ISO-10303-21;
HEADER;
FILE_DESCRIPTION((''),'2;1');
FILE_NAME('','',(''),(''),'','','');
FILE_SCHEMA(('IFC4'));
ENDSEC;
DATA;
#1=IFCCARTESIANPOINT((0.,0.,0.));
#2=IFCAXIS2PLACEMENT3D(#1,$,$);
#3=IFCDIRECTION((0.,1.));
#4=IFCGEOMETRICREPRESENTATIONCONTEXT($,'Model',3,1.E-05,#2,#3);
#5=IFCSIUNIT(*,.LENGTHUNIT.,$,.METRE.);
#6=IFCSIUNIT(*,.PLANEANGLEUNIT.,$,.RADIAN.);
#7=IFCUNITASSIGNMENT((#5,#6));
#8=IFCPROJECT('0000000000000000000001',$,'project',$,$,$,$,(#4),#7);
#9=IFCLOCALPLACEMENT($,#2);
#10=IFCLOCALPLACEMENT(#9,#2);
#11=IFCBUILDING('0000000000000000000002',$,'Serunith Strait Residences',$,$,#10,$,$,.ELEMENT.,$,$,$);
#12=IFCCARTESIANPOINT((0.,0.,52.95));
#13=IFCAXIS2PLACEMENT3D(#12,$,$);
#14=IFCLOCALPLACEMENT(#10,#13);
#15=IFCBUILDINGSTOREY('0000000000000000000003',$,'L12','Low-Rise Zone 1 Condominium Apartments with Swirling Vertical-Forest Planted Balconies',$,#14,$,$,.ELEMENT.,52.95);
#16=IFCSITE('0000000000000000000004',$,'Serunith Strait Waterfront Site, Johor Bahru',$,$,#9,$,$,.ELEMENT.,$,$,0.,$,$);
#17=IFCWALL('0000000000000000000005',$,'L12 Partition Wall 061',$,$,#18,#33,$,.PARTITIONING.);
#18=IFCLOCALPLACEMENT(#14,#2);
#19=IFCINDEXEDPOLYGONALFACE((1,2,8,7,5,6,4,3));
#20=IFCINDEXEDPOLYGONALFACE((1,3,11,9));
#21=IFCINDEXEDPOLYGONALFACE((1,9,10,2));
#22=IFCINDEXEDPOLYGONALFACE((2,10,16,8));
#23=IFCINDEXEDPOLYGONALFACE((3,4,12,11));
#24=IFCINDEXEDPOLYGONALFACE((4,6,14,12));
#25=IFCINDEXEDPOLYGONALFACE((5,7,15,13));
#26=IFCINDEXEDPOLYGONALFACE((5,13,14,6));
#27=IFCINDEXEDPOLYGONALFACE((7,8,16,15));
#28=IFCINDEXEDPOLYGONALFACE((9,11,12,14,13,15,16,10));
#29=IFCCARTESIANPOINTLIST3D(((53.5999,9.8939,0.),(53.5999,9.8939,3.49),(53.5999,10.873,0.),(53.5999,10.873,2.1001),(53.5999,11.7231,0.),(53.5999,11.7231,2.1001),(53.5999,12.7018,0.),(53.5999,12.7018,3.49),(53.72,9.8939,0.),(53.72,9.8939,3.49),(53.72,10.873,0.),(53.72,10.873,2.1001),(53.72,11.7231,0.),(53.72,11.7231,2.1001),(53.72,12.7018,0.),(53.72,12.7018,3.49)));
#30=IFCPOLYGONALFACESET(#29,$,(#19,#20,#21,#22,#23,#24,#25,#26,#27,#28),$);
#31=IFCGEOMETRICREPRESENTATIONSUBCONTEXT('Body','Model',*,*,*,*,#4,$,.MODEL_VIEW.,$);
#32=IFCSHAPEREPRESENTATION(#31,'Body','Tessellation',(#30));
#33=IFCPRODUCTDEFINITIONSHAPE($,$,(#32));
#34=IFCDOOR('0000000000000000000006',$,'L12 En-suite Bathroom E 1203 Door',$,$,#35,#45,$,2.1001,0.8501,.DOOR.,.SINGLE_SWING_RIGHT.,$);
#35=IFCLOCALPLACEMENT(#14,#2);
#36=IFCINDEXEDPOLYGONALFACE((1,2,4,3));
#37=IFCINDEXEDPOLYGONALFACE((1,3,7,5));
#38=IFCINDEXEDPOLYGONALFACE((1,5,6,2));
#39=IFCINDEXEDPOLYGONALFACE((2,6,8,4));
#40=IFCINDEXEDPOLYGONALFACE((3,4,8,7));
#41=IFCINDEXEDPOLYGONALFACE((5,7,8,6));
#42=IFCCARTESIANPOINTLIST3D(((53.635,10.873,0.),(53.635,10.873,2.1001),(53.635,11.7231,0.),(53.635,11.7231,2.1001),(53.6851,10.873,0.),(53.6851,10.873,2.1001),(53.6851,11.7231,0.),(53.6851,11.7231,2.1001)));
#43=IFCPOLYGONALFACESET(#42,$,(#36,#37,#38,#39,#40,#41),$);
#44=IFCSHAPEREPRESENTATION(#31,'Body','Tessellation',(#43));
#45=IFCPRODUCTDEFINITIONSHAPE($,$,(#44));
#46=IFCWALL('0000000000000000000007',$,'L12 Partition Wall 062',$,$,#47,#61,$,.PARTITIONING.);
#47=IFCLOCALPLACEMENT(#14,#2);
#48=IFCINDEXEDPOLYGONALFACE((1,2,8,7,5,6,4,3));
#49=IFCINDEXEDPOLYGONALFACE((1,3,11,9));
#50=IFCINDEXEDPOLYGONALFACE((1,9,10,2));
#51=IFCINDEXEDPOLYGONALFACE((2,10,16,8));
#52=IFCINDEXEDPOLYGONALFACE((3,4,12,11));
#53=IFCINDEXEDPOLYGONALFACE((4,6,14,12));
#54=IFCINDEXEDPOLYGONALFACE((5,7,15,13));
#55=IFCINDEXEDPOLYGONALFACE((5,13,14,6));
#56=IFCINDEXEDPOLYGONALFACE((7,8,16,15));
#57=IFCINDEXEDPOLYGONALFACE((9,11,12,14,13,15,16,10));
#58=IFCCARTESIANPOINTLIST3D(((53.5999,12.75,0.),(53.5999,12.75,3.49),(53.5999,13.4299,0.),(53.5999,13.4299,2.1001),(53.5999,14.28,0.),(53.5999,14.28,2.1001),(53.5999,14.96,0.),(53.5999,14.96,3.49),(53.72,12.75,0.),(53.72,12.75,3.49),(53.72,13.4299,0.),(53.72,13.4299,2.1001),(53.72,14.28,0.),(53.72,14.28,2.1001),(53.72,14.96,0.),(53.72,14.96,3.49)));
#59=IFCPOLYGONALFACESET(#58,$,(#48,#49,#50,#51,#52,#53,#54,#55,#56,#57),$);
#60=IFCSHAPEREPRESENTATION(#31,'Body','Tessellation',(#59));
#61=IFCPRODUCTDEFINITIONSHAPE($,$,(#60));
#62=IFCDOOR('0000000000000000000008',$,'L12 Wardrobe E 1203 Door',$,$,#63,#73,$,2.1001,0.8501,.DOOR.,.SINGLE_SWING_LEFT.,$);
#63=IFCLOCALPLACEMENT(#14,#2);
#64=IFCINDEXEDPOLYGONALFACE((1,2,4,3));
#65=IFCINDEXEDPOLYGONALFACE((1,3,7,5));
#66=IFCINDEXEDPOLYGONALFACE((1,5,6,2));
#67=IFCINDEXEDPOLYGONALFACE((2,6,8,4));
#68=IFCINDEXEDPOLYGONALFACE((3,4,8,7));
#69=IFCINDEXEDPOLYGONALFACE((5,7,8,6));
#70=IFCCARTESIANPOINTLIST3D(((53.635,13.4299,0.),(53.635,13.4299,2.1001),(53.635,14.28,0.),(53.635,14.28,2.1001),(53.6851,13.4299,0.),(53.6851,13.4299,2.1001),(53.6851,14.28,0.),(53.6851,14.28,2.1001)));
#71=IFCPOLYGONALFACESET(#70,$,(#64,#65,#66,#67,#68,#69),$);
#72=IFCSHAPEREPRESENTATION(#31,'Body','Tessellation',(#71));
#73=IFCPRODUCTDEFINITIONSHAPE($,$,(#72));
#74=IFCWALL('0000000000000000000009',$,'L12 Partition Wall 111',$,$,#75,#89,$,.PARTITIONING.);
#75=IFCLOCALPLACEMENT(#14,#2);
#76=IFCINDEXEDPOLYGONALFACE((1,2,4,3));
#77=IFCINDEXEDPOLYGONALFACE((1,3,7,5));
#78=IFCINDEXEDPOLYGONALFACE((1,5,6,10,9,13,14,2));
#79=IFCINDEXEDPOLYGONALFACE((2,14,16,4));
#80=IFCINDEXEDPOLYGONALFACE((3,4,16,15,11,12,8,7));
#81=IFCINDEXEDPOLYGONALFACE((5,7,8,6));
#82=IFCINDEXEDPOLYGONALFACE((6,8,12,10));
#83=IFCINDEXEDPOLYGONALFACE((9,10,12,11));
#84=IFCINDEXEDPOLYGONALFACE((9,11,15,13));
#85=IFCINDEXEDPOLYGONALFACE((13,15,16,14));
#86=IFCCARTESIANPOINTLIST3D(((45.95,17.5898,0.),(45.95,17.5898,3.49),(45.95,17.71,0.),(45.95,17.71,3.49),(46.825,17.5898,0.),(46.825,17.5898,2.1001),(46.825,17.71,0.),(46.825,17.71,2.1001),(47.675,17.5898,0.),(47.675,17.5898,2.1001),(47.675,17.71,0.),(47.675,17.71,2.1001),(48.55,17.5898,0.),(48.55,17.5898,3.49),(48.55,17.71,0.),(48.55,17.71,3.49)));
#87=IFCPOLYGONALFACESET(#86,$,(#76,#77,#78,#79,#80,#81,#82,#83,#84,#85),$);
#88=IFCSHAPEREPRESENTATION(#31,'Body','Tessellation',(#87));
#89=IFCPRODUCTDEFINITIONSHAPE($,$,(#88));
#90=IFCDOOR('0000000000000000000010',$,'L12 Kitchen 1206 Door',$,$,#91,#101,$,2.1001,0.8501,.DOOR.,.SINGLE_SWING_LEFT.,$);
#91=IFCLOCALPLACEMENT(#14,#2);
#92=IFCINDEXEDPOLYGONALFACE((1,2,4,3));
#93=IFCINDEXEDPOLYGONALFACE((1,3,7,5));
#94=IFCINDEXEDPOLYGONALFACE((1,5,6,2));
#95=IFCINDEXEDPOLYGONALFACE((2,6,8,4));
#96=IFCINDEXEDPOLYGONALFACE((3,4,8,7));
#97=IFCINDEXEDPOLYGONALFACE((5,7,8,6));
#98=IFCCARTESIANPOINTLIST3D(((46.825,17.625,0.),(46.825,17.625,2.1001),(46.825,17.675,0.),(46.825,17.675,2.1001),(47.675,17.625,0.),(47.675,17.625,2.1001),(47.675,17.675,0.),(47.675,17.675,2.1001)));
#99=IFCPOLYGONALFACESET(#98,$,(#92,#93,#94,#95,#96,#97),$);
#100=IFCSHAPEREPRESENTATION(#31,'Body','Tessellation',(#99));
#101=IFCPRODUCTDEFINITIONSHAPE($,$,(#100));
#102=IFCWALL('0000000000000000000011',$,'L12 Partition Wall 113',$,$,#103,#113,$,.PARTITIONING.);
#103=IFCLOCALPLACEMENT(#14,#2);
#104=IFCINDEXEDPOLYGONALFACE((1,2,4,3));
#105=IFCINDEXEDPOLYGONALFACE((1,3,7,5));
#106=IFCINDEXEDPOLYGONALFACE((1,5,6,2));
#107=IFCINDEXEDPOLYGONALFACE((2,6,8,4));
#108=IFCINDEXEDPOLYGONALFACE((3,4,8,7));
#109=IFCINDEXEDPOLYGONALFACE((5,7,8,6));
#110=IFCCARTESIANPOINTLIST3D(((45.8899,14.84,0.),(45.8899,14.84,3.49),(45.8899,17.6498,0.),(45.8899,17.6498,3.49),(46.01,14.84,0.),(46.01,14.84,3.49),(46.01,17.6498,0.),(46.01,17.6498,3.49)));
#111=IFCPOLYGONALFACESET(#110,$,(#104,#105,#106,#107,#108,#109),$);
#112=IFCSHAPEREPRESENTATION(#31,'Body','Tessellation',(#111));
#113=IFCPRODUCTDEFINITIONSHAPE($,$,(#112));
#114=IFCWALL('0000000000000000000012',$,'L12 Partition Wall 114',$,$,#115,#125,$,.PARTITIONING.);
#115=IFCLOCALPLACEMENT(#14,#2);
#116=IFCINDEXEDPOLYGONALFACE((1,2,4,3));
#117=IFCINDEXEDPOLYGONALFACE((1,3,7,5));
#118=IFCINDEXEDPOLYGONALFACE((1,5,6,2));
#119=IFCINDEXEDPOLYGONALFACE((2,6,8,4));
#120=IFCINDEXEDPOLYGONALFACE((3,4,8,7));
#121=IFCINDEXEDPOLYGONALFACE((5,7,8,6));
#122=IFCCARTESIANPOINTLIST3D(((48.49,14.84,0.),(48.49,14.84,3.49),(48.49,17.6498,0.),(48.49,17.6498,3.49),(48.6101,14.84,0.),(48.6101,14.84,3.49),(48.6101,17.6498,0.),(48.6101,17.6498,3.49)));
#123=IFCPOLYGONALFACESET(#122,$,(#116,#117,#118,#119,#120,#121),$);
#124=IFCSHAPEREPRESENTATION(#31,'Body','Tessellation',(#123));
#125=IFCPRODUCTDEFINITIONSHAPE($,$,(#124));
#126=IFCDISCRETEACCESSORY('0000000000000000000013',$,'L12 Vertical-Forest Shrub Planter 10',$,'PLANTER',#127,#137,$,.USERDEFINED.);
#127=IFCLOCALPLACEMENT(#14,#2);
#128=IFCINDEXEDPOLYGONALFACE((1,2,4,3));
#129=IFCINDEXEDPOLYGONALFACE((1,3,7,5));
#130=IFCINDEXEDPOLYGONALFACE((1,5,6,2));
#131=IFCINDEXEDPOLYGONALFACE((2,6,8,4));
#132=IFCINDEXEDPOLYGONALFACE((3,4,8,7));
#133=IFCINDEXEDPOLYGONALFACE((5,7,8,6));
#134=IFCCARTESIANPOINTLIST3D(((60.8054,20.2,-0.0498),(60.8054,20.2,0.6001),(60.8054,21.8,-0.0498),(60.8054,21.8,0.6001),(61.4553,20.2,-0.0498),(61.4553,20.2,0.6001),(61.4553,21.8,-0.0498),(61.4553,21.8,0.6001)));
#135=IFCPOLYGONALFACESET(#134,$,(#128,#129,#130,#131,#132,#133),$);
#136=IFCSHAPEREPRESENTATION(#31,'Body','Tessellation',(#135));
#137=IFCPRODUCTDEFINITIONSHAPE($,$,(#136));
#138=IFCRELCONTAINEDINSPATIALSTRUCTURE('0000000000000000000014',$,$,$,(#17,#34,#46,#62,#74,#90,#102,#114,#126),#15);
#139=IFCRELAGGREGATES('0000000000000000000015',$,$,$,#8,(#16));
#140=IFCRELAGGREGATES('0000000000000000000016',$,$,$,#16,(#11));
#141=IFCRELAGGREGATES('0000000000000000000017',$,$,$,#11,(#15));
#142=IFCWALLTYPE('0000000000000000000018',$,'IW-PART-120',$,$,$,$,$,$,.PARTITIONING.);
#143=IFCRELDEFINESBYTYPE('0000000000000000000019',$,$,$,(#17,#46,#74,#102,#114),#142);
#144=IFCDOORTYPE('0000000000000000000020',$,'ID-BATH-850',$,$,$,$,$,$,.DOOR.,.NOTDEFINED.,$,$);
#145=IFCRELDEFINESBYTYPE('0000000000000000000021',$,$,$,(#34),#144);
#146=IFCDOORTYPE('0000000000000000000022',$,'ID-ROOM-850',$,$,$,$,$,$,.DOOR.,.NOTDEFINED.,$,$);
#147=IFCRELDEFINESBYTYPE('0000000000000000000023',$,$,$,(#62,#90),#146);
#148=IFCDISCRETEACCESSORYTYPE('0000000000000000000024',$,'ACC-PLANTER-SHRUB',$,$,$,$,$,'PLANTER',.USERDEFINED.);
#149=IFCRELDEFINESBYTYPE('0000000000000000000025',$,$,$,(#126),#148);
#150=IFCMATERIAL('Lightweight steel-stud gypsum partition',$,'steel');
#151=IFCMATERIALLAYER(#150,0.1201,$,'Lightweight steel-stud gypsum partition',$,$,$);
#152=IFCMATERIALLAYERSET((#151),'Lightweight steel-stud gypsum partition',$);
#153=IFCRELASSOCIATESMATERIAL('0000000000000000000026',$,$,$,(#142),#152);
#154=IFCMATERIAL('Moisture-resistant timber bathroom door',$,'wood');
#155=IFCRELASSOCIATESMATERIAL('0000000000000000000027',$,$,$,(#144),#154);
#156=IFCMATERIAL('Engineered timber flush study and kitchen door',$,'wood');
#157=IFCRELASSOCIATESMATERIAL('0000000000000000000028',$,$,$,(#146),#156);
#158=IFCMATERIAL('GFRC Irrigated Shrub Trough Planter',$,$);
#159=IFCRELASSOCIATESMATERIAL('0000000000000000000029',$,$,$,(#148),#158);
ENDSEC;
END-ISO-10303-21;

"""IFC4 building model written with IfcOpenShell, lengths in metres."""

from ifc_helpers import new_model, si_unit, direction, frame, frame_2d, origin, origin_2d, place, context, subcontext, project, spatial, rectangle, extrude, source, transform, mapped, material, layer, layer_set, type_object, element, fill, save


model = new_model("IFC4")

# Units and contexts
model_context = context("Model", 3, precision=1e-05, world=origin(), true_north=direction((0.0, 1.0)))
body_context = subcontext(model_context, "Body", "Model", "MODEL_VIEW")
ifc_project = project(units=[si_unit("LENGTHUNIT", "METRE"), si_unit("PLANEANGLEUNIT", "RADIAN")], contexts=[model_context])

# Site, building, storey
site_placement = place(None, origin())
site = spatial("IfcSite", under=ifc_project, at=site_placement, Name="Serunith Strait Waterfront Site, Johor Bahru", CompositionType="ELEMENT", RefElevation=0.0)
building_placement = place(site_placement, origin())
building = spatial("IfcBuilding", under=site, at=building_placement, Name="Serunith Strait Residences", CompositionType="ELEMENT")
storey_placement = place(building_placement, frame((0.0, 0.0, 52.95)))
storey = spatial("IfcBuildingStorey", under=building, at=storey_placement, Name="L12", Description="Low-Rise Zone 1 Condominium Apartments with Swirling Vertical-Forest Planted Balconies", CompositionType="ELEMENT", Elevation=52.95)

# Shared definitions
ifc_material_1 = material(Name="Lightweight steel-stud gypsum partition", Category="steel")
ifc_layer_1 = layer(ifc_material_1, 0.1201, Name="Lightweight steel-stud gypsum partition")
ifc_layer_set_1 = layer_set([ifc_layer_1], Name="Lightweight steel-stud gypsum partition")
wall_type = type_object("IfcWallType", Name="IW-PART-120", PredefinedType="PARTITIONING", material=ifc_layer_set_1)
ifc_material_2 = material(Name="Moisture-resistant timber bathroom door", Category="wood")
door_type_1 = type_object("IfcDoorType", Name="ID-BATH-850", OperationType="NOTDEFINED", PredefinedType="DOOR", material=ifc_material_2)
shared_shape_1 = source(origin(), body_context, "Body", "SweptSolid", [
    extrude(rectangle(XDim=0.8501, YDim=2.1001, at=frame_2d((0.425, 1.05))), frame((0.0, 0.0249, 0.0), z_axis=(0.0, -1.0, 0.0), x_axis=(1.0, 0.0, 0.0)), (0.0, 0.0, 1.0), 0.05),
])
ifc_material_3 = material(Name="Engineered timber flush study and kitchen door", Category="wood")
door_type_2 = type_object("IfcDoorType", Name="ID-ROOM-850", OperationType="NOTDEFINED", PredefinedType="DOOR", material=ifc_material_3)

# Walls, openings, doors
wall_1_placement = place(storey_placement, frame((53.6599, 9.894, 0.0), z_axis=(0.0, 0.0, 1.0), x_axis=(0.0, 1.0, 0.0)))
wall_1 = element("IfcWall", 1, at=wall_1_placement, inside=storey, type_object=wall_type, Name="L12 Partition Wall 061", PredefinedType="PARTITIONING", context=body_context, shape_type="SweptSolid", body=[
    extrude(rectangle(XDim=2.8079, YDim=0.1201, at=frame_2d((1.4038, 0.0))), origin(), (0.0, 0.0, 1.0), 3.49),
])
opening_1_placement = place(wall_1_placement, frame((0.979, 0.0, 0.0)))
opening_1 = element("IfcOpeningElement", 2, at=opening_1_placement, cuts=wall_1, PredefinedType="OPENING", context=body_context, shape_type="SweptSolid", body=[
    extrude(rectangle(XDim=0.8501, YDim=2.1001, at=frame_2d((0.425, 1.05))), frame((0.0, 0.0701, 0.0), z_axis=(0.0, -1.0, 0.0), x_axis=(1.0, 0.0, 0.0)), (0.0, 0.0, 1.0), 0.1401),
])
door_1_placement = place(opening_1_placement, origin())
door_1 = element("IfcDoor", 3, at=door_1_placement, inside=storey, type_object=door_type_1, Name="L12 En-suite Bathroom E 1203 Door", OperationType="SINGLE_SWING_RIGHT", OverallHeight=2.1001, OverallWidth=0.8501, PredefinedType="DOOR", context=body_context, shape_type="MappedRepresentation", body=[
    mapped(shared_shape_1, transform((0.0, 0.0, 0.0), scale=1.0)),
])
fill(opening_1, door_1)
wall_2_placement = place(storey_placement, frame((53.6599, 12.75, 0.0), z_axis=(0.0, 0.0, 1.0), x_axis=(0.0, 1.0, 0.0)))
wall_2 = element("IfcWall", 4, at=wall_2_placement, inside=storey, type_object=wall_type, Name="L12 Partition Wall 062", PredefinedType="PARTITIONING", context=body_context, shape_type="SweptSolid", body=[
    extrude(rectangle(XDim=2.21, YDim=0.1201, at=frame_2d((1.105, 0.0))), origin(), (0.0, 0.0, 1.0), 3.49),
])
opening_2_placement = place(wall_2_placement, frame((0.6799, 0.0, 0.0)))
opening_2 = element("IfcOpeningElement", 5, at=opening_2_placement, cuts=wall_2, PredefinedType="OPENING", context=body_context, shape_type="SweptSolid", body=[
    extrude(rectangle(XDim=0.8501, YDim=2.1001, at=frame_2d((0.425, 1.05))), frame((0.0, 0.0701, 0.0), z_axis=(0.0, -1.0, 0.0), x_axis=(1.0, 0.0, 0.0)), (0.0, 0.0, 1.0), 0.1401),
])
door_2_placement = place(opening_2_placement, origin())
door_2 = element("IfcDoor", 6, at=door_2_placement, inside=storey, type_object=door_type_2, Name="L12 Wardrobe E 1203 Door", OperationType="SINGLE_SWING_LEFT", OverallHeight=2.1001, OverallWidth=0.8501, PredefinedType="DOOR", context=body_context, shape_type="MappedRepresentation", body=[
    mapped(shared_shape_1, transform((0.0, 0.0, 0.0), scale=1.0)),
])
fill(opening_2, door_2)
wall_3_placement = place(storey_placement, frame((48.55, 17.6499, 0.0), z_axis=(0.0, 0.0, 1.0), x_axis=(-1.0, 0.0, 0.0)))
wall_3 = element("IfcWall", 7, at=wall_3_placement, inside=storey, type_object=wall_type, Name="L12 Partition Wall 111", PredefinedType="PARTITIONING", context=body_context, shape_type="SweptSolid", body=[
    extrude(rectangle(XDim=2.6001, YDim=0.1201, at=frame_2d((1.3, 0.0))), origin(), (0.0, 0.0, 1.0), 3.49),
])
opening_3_placement = place(wall_3_placement, frame((0.875, 0.0, 0.0)))
opening_3 = element("IfcOpeningElement", 8, at=opening_3_placement, cuts=wall_3, PredefinedType="OPENING", context=body_context, shape_type="SweptSolid", body=[
    extrude(rectangle(XDim=0.8501, YDim=2.1001, at=frame_2d((0.425, 1.05))), frame((0.0, 0.0701, 0.0), z_axis=(0.0, -1.0, 0.0), x_axis=(1.0, 0.0, 0.0)), (0.0, 0.0, 1.0), 0.1401),
])
door_3_placement = place(opening_3_placement, origin())
door_3 = element("IfcDoor", 9, at=door_3_placement, inside=storey, type_object=door_type_2, Name="L12 Kitchen 1206 Door", OperationType="SINGLE_SWING_LEFT", OverallHeight=2.1001, OverallWidth=0.8501, PredefinedType="DOOR", context=body_context, shape_type="MappedRepresentation", body=[
    mapped(shared_shape_1, transform((0.0, 0.0, 0.0), scale=1.0)),
])
fill(opening_3, door_3)

# Walls
for number, where, z_axis, x_axis, name in (
    (10, (45.95, 14.8401, 0.0), (0.0, 0.0, 1.0), (0.0, 1.0, 0.0), "L12 Partition Wall 113"),
    (11, (48.55, 14.8401, 0.0), (0.0, 0.0, 1.0), (0.0, 1.0, 0.0), "L12 Partition Wall 114"),
):
    element("IfcWall", number, at=place(storey_placement, frame(where, z_axis=z_axis, x_axis=x_axis)), inside=storey, type_object=wall_type, Name=name, PredefinedType="PARTITIONING", context=body_context, shape_type="SweptSolid", body=[
        extrude(rectangle(XDim=2.8098, YDim=0.1201, at=frame_2d((1.4048, 0.0))), origin(), (0.0, 0.0, 1.0), 3.49),
    ])

# Discrete accessory
ifc_material_4 = material(Name="GFRC Irrigated Shrub Trough Planter")
discrete_accessory_type = type_object("IfcDiscreteAccessoryType", Name="ACC-PLANTER-SHRUB", ElementType="PLANTER", PredefinedType="USERDEFINED", material=ifc_material_4)
shared_shape_2 = source(origin(), body_context, "Body", "SweptSolid", [
    extrude(rectangle(XDim=1.6001, YDim=0.6499, at=origin_2d()), origin(), (0.0, 0.0, 1.0), 0.6499),
])
discrete_accessory_placement = place(storey_placement, frame((61.1304, 21.0, -0.0498), z_axis=(0.0, 0.0, 1.0), x_axis=(0.0, 1.0, 0.0)))
element("IfcDiscreteAccessory", 12, at=discrete_accessory_placement, inside=storey, type_object=discrete_accessory_type, Name="L12 Vertical-Forest Shrub Planter 10", ObjectType="PLANTER", PredefinedType="USERDEFINED", context=body_context, shape_type="MappedRepresentation", body=[
    mapped(shared_shape_2, transform((0.0, 0.0, 0.0), scale=1.0)),
])

save(model, "model.ifc")
